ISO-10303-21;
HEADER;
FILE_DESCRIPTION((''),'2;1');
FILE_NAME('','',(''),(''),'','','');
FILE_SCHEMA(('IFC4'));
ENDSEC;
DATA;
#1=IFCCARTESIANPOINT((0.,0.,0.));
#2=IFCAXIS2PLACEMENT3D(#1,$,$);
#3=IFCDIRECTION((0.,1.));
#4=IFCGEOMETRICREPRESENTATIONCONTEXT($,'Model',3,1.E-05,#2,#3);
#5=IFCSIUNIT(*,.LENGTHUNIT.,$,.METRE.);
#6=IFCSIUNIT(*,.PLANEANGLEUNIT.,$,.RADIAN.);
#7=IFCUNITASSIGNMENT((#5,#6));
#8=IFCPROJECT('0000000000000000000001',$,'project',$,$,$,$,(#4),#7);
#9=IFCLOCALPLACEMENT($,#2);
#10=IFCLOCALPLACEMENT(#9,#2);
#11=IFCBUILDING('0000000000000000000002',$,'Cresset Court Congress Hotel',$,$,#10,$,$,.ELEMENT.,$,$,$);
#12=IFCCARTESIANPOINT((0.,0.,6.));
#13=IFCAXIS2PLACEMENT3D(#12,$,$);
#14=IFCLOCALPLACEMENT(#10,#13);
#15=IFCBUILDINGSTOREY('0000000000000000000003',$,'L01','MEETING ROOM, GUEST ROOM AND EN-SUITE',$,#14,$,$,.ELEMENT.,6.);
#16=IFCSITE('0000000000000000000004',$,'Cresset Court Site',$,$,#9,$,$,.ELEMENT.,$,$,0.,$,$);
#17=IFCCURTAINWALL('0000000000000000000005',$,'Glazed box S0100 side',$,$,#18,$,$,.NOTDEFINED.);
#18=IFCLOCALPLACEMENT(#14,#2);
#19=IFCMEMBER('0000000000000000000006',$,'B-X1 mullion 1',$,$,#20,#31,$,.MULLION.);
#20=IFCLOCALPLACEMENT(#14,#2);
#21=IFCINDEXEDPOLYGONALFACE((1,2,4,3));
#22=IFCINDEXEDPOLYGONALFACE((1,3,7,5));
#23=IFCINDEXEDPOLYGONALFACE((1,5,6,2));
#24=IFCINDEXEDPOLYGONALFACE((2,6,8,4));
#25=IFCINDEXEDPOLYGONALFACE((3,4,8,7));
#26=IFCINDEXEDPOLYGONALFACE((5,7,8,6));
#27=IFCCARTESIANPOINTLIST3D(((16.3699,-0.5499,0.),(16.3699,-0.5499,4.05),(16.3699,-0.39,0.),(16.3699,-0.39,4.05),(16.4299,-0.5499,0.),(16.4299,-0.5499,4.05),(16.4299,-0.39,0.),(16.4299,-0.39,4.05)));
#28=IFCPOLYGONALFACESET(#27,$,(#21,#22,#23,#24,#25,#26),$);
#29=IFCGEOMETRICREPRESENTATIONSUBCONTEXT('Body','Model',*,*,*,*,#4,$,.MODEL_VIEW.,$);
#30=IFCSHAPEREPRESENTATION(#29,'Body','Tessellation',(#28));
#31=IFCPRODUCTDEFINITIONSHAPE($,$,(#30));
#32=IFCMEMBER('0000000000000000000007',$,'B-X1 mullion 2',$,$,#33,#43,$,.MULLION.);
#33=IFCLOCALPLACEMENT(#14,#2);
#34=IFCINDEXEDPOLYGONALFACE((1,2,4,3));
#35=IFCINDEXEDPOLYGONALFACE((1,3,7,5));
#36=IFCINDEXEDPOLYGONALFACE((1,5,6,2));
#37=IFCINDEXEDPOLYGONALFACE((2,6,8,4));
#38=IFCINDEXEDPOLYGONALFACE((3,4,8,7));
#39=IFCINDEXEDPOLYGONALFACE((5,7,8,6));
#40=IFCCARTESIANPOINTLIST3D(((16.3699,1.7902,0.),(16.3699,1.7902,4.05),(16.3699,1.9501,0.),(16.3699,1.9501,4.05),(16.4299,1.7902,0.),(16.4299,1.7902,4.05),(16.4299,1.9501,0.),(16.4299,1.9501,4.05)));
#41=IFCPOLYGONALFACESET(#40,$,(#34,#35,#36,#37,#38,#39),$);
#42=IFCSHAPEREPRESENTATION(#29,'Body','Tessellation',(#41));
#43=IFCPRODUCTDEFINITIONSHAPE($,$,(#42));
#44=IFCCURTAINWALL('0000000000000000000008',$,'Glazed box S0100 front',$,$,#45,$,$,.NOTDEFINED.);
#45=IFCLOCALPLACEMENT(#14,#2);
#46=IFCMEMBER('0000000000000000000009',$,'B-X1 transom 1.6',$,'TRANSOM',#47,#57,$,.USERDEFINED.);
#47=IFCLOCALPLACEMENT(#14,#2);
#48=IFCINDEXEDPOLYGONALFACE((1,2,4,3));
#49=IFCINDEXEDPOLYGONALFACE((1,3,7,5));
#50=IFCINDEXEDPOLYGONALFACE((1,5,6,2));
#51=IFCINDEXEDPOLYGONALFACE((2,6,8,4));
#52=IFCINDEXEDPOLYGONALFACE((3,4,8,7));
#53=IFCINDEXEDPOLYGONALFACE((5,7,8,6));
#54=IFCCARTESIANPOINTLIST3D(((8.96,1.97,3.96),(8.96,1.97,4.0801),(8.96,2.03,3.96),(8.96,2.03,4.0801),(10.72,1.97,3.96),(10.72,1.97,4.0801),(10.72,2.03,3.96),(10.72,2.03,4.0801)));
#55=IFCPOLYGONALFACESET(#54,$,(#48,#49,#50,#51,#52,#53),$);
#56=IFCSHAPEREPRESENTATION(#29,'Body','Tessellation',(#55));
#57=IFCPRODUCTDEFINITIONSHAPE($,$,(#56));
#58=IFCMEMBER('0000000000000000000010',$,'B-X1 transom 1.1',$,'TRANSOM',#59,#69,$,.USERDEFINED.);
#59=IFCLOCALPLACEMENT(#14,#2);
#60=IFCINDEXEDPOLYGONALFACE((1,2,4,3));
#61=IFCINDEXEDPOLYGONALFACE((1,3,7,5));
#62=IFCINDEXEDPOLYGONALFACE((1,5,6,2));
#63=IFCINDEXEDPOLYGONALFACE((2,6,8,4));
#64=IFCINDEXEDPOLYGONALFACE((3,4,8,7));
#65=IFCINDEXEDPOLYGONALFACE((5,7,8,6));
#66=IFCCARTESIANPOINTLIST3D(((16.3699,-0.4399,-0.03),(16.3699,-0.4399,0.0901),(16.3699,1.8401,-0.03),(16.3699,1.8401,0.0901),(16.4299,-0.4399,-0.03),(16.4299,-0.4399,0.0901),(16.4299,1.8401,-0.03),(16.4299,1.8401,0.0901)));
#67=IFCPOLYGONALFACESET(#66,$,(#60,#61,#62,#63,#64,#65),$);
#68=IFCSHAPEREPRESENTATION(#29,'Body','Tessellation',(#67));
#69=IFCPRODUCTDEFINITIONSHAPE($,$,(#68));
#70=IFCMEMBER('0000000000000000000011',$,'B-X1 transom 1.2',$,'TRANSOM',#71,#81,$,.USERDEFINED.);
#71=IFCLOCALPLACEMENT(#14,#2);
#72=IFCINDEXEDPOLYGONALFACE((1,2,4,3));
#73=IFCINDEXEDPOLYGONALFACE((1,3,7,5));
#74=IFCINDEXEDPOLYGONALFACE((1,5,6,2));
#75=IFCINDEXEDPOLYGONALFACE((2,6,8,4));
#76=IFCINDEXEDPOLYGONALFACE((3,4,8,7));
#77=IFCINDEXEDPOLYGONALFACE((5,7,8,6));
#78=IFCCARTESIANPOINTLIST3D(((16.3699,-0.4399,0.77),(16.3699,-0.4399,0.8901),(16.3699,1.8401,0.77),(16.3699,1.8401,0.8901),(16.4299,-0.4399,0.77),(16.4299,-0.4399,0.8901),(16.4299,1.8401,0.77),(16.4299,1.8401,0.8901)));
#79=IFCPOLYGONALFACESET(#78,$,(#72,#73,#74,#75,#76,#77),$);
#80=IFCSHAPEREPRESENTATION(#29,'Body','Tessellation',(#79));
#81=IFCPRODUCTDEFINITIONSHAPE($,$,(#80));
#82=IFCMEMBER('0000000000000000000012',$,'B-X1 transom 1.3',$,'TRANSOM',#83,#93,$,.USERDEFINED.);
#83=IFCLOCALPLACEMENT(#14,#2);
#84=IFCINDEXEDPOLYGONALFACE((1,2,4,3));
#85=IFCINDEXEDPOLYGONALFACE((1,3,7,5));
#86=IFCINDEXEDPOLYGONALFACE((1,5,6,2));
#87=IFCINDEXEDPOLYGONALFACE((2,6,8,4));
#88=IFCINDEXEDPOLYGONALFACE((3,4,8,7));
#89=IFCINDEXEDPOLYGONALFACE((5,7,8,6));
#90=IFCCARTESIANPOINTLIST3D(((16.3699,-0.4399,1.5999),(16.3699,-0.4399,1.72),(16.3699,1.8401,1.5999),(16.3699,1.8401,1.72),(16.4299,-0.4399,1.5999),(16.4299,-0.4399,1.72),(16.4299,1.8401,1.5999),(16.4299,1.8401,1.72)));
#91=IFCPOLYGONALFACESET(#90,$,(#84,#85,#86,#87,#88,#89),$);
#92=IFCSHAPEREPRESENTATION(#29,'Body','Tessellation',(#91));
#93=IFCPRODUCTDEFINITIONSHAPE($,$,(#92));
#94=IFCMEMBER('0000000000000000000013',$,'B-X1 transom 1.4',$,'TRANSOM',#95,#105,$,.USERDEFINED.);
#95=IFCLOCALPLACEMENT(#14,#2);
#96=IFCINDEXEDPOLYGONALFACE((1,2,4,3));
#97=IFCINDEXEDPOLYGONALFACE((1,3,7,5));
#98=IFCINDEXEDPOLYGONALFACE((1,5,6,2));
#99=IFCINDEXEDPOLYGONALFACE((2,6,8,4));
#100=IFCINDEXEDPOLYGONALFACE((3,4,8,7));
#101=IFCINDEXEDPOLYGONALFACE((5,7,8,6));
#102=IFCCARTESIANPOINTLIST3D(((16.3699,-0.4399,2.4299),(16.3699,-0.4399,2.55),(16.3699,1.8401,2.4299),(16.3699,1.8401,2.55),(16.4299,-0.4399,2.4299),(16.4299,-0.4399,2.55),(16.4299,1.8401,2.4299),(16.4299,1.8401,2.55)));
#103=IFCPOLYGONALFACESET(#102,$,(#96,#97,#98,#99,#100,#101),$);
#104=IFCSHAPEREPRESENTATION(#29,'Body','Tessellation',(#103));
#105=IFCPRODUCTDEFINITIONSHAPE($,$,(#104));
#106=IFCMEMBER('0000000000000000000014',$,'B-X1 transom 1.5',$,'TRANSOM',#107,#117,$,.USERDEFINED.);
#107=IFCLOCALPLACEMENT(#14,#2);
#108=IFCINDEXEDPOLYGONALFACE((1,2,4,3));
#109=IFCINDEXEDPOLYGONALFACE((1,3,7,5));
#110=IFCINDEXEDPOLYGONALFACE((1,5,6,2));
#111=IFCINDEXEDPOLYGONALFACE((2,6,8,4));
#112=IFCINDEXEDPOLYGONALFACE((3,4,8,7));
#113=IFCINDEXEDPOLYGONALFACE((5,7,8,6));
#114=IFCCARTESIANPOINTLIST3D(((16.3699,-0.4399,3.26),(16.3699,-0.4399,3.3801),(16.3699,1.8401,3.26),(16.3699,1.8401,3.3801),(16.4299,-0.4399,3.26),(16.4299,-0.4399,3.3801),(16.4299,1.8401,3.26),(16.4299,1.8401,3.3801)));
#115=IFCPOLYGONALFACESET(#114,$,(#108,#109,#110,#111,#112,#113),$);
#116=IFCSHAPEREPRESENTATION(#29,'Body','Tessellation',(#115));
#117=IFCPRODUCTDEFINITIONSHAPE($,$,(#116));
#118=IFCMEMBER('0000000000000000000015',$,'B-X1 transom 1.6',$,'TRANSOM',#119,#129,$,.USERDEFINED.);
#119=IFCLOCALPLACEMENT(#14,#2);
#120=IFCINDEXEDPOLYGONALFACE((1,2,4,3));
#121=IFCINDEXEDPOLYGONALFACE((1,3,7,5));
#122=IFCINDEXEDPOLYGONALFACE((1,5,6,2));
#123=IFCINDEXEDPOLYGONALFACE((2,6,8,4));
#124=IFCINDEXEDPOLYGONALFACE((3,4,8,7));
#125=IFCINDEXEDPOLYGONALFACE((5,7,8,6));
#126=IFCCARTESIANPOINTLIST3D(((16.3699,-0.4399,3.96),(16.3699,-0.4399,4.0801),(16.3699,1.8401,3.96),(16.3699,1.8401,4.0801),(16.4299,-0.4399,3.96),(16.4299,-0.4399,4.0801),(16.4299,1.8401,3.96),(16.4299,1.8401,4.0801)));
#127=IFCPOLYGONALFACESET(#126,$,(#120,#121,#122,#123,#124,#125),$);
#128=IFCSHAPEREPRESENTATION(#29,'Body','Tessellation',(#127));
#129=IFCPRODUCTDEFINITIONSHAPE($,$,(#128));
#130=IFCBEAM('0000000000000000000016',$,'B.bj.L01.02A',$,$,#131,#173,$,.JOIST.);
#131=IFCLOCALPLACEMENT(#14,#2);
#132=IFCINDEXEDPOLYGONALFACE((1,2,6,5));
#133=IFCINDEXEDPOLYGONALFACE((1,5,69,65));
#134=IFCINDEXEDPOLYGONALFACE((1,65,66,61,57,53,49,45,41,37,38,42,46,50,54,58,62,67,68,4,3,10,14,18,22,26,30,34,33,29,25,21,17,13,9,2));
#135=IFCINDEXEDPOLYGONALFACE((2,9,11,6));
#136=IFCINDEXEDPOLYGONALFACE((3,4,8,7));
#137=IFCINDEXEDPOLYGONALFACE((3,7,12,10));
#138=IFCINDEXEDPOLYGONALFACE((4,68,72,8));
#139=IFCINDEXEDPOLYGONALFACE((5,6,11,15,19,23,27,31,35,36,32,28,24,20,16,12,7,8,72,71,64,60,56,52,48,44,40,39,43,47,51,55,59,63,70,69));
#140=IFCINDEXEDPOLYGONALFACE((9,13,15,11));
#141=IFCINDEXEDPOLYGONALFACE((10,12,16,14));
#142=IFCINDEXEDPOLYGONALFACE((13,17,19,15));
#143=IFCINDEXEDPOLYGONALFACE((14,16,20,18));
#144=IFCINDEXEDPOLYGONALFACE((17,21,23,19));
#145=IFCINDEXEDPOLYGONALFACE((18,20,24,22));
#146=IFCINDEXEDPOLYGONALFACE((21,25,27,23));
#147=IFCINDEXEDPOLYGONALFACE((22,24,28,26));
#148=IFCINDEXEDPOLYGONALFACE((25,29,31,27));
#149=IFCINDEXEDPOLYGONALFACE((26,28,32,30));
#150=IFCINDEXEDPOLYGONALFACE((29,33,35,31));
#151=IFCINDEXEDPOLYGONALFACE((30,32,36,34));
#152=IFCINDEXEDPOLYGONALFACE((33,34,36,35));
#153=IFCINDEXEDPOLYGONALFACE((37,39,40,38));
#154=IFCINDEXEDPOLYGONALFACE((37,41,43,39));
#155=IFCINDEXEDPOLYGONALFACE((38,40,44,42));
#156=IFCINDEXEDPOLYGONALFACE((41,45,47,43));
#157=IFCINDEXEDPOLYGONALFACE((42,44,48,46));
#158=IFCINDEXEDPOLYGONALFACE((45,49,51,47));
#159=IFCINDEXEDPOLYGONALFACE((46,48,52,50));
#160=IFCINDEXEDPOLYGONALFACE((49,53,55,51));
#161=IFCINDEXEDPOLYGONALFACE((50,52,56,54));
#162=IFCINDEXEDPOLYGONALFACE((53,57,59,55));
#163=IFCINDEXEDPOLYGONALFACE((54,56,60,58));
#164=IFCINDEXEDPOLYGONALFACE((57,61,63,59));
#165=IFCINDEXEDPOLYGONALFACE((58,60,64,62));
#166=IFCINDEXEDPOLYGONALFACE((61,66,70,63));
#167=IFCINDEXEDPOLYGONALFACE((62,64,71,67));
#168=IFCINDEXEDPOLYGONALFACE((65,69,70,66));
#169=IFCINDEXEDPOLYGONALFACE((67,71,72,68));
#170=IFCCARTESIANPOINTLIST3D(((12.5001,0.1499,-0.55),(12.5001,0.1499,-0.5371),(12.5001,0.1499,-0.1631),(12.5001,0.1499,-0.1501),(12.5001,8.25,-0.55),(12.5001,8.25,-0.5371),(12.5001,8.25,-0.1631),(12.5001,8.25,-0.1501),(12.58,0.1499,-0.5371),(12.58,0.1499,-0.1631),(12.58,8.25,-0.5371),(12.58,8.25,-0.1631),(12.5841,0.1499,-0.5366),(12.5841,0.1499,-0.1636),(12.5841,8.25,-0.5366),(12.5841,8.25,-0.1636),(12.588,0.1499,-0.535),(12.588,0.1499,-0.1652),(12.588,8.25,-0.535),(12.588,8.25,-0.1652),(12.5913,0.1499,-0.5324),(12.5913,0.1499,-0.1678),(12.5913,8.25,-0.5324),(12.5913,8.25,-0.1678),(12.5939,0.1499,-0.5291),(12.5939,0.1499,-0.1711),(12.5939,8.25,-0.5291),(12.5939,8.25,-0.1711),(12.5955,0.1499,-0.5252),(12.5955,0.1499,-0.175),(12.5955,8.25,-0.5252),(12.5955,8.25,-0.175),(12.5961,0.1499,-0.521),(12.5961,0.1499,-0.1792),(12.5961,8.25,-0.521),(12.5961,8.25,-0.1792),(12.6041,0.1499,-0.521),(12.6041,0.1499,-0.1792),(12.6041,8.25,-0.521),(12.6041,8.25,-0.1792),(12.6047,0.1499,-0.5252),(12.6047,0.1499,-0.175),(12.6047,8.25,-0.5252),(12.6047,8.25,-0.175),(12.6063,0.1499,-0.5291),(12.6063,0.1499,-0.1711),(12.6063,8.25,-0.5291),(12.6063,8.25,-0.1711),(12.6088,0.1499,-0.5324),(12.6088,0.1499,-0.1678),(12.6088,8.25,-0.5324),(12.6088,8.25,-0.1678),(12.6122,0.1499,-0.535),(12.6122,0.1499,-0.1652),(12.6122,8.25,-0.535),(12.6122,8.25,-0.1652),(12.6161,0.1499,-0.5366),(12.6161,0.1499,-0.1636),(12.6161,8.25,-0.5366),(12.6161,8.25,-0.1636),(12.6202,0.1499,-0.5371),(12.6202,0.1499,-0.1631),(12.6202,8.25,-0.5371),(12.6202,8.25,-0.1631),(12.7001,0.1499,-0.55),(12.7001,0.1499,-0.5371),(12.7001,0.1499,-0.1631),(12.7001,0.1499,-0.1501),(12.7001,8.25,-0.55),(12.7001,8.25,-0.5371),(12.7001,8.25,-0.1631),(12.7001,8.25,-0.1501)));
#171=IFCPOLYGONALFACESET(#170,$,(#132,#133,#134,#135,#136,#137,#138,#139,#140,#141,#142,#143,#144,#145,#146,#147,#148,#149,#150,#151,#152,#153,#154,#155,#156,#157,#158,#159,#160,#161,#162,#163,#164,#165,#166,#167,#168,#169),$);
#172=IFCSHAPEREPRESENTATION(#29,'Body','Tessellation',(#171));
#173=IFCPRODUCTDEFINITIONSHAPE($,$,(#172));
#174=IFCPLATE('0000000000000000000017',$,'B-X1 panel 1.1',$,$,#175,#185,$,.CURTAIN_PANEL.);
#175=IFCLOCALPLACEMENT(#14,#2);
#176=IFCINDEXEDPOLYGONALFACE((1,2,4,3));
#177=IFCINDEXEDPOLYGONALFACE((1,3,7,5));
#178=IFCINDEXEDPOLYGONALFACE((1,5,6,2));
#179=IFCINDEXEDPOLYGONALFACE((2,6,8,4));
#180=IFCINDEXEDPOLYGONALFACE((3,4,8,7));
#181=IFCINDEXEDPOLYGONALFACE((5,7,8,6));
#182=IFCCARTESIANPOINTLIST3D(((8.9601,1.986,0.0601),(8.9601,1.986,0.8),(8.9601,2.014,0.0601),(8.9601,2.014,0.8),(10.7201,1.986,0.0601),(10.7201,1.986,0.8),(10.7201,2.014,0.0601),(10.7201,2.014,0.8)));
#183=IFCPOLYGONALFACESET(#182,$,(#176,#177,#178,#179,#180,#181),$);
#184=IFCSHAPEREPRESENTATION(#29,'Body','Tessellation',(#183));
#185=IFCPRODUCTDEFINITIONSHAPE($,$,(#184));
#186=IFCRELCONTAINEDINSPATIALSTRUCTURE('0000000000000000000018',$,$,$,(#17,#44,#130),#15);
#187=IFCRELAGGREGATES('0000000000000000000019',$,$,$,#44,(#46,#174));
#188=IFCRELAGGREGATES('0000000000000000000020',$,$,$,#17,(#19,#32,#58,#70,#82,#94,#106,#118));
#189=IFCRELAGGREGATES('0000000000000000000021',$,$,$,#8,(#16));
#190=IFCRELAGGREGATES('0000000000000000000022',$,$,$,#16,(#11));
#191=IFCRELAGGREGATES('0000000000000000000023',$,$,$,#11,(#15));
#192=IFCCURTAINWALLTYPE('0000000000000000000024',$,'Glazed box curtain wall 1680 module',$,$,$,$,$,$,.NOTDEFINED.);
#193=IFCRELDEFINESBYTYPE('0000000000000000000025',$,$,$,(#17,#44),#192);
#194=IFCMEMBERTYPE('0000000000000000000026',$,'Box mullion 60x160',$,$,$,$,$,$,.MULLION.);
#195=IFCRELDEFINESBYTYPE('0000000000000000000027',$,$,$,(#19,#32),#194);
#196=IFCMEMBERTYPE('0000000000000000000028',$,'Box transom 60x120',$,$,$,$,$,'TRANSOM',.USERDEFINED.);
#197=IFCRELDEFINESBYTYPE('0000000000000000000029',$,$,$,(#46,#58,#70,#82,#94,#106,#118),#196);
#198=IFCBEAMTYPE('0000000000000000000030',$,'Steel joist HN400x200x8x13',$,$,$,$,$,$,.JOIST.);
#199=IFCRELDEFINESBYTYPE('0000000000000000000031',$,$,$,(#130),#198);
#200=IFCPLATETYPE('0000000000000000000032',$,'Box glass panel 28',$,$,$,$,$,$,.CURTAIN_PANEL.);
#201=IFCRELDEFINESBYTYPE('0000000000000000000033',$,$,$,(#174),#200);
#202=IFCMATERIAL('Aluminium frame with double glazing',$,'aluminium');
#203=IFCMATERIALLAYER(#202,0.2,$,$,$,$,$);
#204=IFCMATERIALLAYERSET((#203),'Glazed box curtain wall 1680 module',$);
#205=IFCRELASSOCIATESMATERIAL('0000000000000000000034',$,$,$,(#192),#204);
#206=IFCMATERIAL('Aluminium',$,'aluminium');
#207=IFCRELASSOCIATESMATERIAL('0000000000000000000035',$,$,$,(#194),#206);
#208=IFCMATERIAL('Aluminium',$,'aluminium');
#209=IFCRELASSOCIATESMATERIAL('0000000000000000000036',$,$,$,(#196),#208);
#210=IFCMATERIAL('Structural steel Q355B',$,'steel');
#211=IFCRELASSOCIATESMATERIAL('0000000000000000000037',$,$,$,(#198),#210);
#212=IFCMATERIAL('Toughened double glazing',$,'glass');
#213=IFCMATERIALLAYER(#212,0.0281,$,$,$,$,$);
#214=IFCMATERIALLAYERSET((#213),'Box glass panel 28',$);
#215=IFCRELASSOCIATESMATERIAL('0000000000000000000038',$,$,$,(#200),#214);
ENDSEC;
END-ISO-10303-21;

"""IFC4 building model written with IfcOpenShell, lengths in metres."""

from ifc_helpers import new_model, si_unit, direction, frame, origin, origin_2d, place, context, subcontext, project, spatial, rectangle, i_section, extrude, material, layer, layer_set, material_profile, profile_set, type_object, element, aggregate, save


model = new_model("IFC4")

# Units and contexts
model_context = context("Model", 3, precision=1e-05, world=origin(), true_north=direction((0.0, 1.0)))
body_context = subcontext(model_context, "Body", "Model", "MODEL_VIEW")
ifc_project = project(units=[si_unit("LENGTHUNIT", "METRE"), si_unit("PLANEANGLEUNIT", "RADIAN")], contexts=[model_context])

# Site, building, storey
site_placement = place(None, origin())
site = spatial("IfcSite", under=ifc_project, at=site_placement, Name="Cresset Court Site", CompositionType="ELEMENT", RefElevation=0.0)
building_placement = place(site_placement, origin())
building = spatial("IfcBuilding", under=site, at=building_placement, Name="Cresset Court Congress Hotel", CompositionType="ELEMENT")
storey_placement = place(building_placement, frame((0.0, 0.0, 6.0)))
storey = spatial("IfcBuildingStorey", under=building, at=storey_placement, Name="L01", Description="MEETING ROOM, GUEST ROOM AND EN-SUITE", CompositionType="ELEMENT", Elevation=6.0)

# Curtain wall, members
ifc_material_1 = material(Name="Aluminium frame with double glazing", Category="aluminium")
ifc_layer_1 = layer(ifc_material_1, 0.2)
ifc_layer_set_1 = layer_set([ifc_layer_1], Name="Glazed box curtain wall 1680 module")
curtain_wall_type = type_object("IfcCurtainWallType", Name="Glazed box curtain wall 1680 module", PredefinedType="NOTDEFINED", material=ifc_layer_set_1)
curtain_wall_1_placement = place(storey_placement, origin())
curtain_wall_1 = element("IfcCurtainWall", 1, at=curtain_wall_1_placement, inside=storey, type_object=curtain_wall_type, Name="Glazed box S0100 side", PredefinedType="NOTDEFINED")
ifc_material_2 = material(Name="Aluminium", Category="aluminium")
ifc_material_profile_1 = material_profile(ifc_material_2, rectangle(XDim=0.0601, YDim=0.1599, at=origin_2d()), Name="Box mullion 60x160")
ifc_profile_set_1 = profile_set([ifc_material_profile_1], Name="Aluminium")
member_type_1 = type_object("IfcMemberType", Name="Box mullion 60x160", PredefinedType="MULLION", material=ifc_profile_set_1)
member_1_placement = place(storey_placement, frame((16.3999, -0.47, 0.0), z_axis=(0.0, 0.0, 1.0), x_axis=(-1.0, 0.0, 0.0)))
member_1 = element("IfcMember", 2, at=member_1_placement, type_object=member_type_1, Name="B-X1 mullion 1", PredefinedType="MULLION", context=body_context, shape_type="SweptSolid", body=[
    extrude(rectangle(XDim=0.0601, YDim=0.1599, at=origin_2d()), origin(), (0.0, 0.0, 1.0), 4.05),
])
member_2_placement = place(storey_placement, frame((16.3999, 1.8701, 0.0), z_axis=(0.0, 0.0, 1.0), x_axis=(-1.0, 0.0, 0.0)))
member_2 = element("IfcMember", 3, at=member_2_placement, type_object=member_type_1, Name="B-X1 mullion 2", PredefinedType="MULLION", context=body_context, shape_type="SweptSolid", body=[
    extrude(rectangle(XDim=0.0601, YDim=0.1599, at=origin_2d()), origin(), (0.0, 0.0, 1.0), 4.05),
])

# Curtain wall, member
curtain_wall_2_placement = place(storey_placement, origin())
curtain_wall_2 = element("IfcCurtainWall", 4, at=curtain_wall_2_placement, inside=storey, type_object=curtain_wall_type, Name="Glazed box S0100 front", PredefinedType="NOTDEFINED")
ifc_material_3 = material(Name="Aluminium", Category="aluminium")
ifc_material_profile_2 = material_profile(ifc_material_3, rectangle(XDim=0.0601, YDim=0.1201, at=origin_2d()), Name="Box transom 60x120")
ifc_profile_set_2 = profile_set([ifc_material_profile_2], Name="Aluminium")
member_type_2 = type_object("IfcMemberType", Name="Box transom 60x120", ElementType="TRANSOM", PredefinedType="USERDEFINED", material=ifc_profile_set_2)
member_3_placement = place(storey_placement, frame((8.96, 2.0, 4.02), z_axis=(1.0, 0.0, 0.0), x_axis=(0.0, 1.0, 0.0)))
member_3 = element("IfcMember", 5, at=member_3_placement, type_object=member_type_2, Name="B-X1 transom 1.6", ObjectType="TRANSOM", PredefinedType="USERDEFINED", context=body_context, shape_type="SweptSolid", body=[
    extrude(rectangle(XDim=0.0601, YDim=0.1201, at=origin_2d()), origin(), (0.0, 0.0, 1.0), 1.76),
])

# Members
member_4_placement = place(storey_placement, frame((16.3999, -0.4399, 0.03), z_axis=(0.0, 1.0, 0.0), x_axis=(-1.0, 0.0, 0.0)))
member_4 = element("IfcMember", 6, at=member_4_placement, type_object=member_type_2, Name="B-X1 transom 1.1", ObjectType="TRANSOM", PredefinedType="USERDEFINED", context=body_context, shape_type="SweptSolid", body=[
    extrude(rectangle(XDim=0.0601, YDim=0.1201, at=origin_2d()), origin(), (0.0, 0.0, 1.0), 2.28),
])
member_5_placement = place(storey_placement, frame((16.3999, -0.4399, 0.8301), z_axis=(0.0, 1.0, 0.0), x_axis=(-1.0, 0.0, 0.0)))
member_5 = element("IfcMember", 7, at=member_5_placement, type_object=member_type_2, Name="B-X1 transom 1.2", ObjectType="TRANSOM", PredefinedType="USERDEFINED", context=body_context, shape_type="SweptSolid", body=[
    extrude(rectangle(XDim=0.0601, YDim=0.1201, at=origin_2d()), origin(), (0.0, 0.0, 1.0), 2.28),
])
member_6_placement = place(storey_placement, frame((16.3999, -0.4399, 1.6599), z_axis=(0.0, 1.0, 0.0), x_axis=(-1.0, 0.0, 0.0)))
member_6 = element("IfcMember", 8, at=member_6_placement, type_object=member_type_2, Name="B-X1 transom 1.3", ObjectType="TRANSOM", PredefinedType="USERDEFINED", context=body_context, shape_type="SweptSolid", body=[
    extrude(rectangle(XDim=0.0601, YDim=0.1201, at=origin_2d()), origin(), (0.0, 0.0, 1.0), 2.28),
])
member_7_placement = place(storey_placement, frame((16.3999, -0.4399, 2.49), z_axis=(0.0, 1.0, 0.0), x_axis=(-1.0, 0.0, 0.0)))
member_7 = element("IfcMember", 9, at=member_7_placement, type_object=member_type_2, Name="B-X1 transom 1.4", ObjectType="TRANSOM", PredefinedType="USERDEFINED", context=body_context, shape_type="SweptSolid", body=[
    extrude(rectangle(XDim=0.0601, YDim=0.1201, at=origin_2d()), origin(), (0.0, 0.0, 1.0), 2.28),
])
member_8_placement = place(storey_placement, frame((16.3999, -0.4399, 3.3201), z_axis=(0.0, 1.0, 0.0), x_axis=(-1.0, 0.0, 0.0)))
member_8 = element("IfcMember", 10, at=member_8_placement, type_object=member_type_2, Name="B-X1 transom 1.5", ObjectType="TRANSOM", PredefinedType="USERDEFINED", context=body_context, shape_type="SweptSolid", body=[
    extrude(rectangle(XDim=0.0601, YDim=0.1201, at=origin_2d()), origin(), (0.0, 0.0, 1.0), 2.28),
])
member_9_placement = place(storey_placement, frame((16.3999, -0.4399, 4.02), z_axis=(0.0, 1.0, 0.0), x_axis=(-1.0, 0.0, 0.0)))
member_9 = element("IfcMember", 11, at=member_9_placement, type_object=member_type_2, Name="B-X1 transom 1.6", ObjectType="TRANSOM", PredefinedType="USERDEFINED", context=body_context, shape_type="SweptSolid", body=[
    extrude(rectangle(XDim=0.0601, YDim=0.1201, at=origin_2d()), origin(), (0.0, 0.0, 1.0), 2.28),
])

# Beam
ifc_material_4 = material(Name="Structural steel Q355B", Category="steel")
ifc_material_profile_3 = material_profile(ifc_material_4, i_section(OverallWidth=0.2, OverallDepth=0.3999, WebThickness=0.0081, FlangeThickness=0.0129, FilletRadius=0.0161, at=origin_2d()), Name="HN400x200x8x13")
ifc_profile_set_3 = profile_set([ifc_material_profile_3], Name="Structural steel Q355B")
beam_type = type_object("IfcBeamType", Name="Steel joist HN400x200x8x13", PredefinedType="JOIST", material=ifc_profile_set_3)
beam_placement = place(storey_placement, frame((12.6001, 0.1499, -0.3501), z_axis=(0.0, 1.0, 0.0), x_axis=(-1.0, 0.0, 0.0)))
element("IfcBeam", 12, at=beam_placement, inside=storey, type_object=beam_type, Name="B.bj.L01.02A", PredefinedType="JOIST", context=body_context, shape_type="SweptSolid", body=[
    extrude(i_section(OverallWidth=0.2, OverallDepth=0.3999, WebThickness=0.0081, FlangeThickness=0.0129, FilletRadius=0.0161, at=origin_2d()), origin(), (0.0, 0.0, 1.0), 8.1001),
])

# Plate
ifc_material_5 = material(Name="Toughened double glazing", Category="glass")
ifc_layer_2 = layer(ifc_material_5, 0.0281)
ifc_layer_set_2 = layer_set([ifc_layer_2], Name="Box glass panel 28")
plate_type_1 = type_object("IfcPlateType", Name="Box glass panel 28", PredefinedType="CURTAIN_PANEL", material=ifc_layer_set_2)
plate_1_placement = place(storey_placement, frame((9.8401, 2.0, 0.0601), z_axis=(0.0, 0.0, 1.0), x_axis=(1.0, 0.0, 0.0)))
plate_1 = element("IfcPlate", 13, at=plate_1_placement, type_object=plate_type_1, Name="B-X1 panel 1.1", PredefinedType="CURTAIN_PANEL", context=body_context, shape_type="SweptSolid", body=[
    extrude(rectangle(XDim=1.76, YDim=0.0281, at=origin_2d()), origin(), (0.0, 0.0, 1.0), 0.74),
])
aggregate(curtain_wall_2, [member_3, plate_1])
aggregate(curtain_wall_1, [member_1, member_2, member_4, member_5, member_6, member_7, member_8, member_9])

save(model, "model.ifc")
